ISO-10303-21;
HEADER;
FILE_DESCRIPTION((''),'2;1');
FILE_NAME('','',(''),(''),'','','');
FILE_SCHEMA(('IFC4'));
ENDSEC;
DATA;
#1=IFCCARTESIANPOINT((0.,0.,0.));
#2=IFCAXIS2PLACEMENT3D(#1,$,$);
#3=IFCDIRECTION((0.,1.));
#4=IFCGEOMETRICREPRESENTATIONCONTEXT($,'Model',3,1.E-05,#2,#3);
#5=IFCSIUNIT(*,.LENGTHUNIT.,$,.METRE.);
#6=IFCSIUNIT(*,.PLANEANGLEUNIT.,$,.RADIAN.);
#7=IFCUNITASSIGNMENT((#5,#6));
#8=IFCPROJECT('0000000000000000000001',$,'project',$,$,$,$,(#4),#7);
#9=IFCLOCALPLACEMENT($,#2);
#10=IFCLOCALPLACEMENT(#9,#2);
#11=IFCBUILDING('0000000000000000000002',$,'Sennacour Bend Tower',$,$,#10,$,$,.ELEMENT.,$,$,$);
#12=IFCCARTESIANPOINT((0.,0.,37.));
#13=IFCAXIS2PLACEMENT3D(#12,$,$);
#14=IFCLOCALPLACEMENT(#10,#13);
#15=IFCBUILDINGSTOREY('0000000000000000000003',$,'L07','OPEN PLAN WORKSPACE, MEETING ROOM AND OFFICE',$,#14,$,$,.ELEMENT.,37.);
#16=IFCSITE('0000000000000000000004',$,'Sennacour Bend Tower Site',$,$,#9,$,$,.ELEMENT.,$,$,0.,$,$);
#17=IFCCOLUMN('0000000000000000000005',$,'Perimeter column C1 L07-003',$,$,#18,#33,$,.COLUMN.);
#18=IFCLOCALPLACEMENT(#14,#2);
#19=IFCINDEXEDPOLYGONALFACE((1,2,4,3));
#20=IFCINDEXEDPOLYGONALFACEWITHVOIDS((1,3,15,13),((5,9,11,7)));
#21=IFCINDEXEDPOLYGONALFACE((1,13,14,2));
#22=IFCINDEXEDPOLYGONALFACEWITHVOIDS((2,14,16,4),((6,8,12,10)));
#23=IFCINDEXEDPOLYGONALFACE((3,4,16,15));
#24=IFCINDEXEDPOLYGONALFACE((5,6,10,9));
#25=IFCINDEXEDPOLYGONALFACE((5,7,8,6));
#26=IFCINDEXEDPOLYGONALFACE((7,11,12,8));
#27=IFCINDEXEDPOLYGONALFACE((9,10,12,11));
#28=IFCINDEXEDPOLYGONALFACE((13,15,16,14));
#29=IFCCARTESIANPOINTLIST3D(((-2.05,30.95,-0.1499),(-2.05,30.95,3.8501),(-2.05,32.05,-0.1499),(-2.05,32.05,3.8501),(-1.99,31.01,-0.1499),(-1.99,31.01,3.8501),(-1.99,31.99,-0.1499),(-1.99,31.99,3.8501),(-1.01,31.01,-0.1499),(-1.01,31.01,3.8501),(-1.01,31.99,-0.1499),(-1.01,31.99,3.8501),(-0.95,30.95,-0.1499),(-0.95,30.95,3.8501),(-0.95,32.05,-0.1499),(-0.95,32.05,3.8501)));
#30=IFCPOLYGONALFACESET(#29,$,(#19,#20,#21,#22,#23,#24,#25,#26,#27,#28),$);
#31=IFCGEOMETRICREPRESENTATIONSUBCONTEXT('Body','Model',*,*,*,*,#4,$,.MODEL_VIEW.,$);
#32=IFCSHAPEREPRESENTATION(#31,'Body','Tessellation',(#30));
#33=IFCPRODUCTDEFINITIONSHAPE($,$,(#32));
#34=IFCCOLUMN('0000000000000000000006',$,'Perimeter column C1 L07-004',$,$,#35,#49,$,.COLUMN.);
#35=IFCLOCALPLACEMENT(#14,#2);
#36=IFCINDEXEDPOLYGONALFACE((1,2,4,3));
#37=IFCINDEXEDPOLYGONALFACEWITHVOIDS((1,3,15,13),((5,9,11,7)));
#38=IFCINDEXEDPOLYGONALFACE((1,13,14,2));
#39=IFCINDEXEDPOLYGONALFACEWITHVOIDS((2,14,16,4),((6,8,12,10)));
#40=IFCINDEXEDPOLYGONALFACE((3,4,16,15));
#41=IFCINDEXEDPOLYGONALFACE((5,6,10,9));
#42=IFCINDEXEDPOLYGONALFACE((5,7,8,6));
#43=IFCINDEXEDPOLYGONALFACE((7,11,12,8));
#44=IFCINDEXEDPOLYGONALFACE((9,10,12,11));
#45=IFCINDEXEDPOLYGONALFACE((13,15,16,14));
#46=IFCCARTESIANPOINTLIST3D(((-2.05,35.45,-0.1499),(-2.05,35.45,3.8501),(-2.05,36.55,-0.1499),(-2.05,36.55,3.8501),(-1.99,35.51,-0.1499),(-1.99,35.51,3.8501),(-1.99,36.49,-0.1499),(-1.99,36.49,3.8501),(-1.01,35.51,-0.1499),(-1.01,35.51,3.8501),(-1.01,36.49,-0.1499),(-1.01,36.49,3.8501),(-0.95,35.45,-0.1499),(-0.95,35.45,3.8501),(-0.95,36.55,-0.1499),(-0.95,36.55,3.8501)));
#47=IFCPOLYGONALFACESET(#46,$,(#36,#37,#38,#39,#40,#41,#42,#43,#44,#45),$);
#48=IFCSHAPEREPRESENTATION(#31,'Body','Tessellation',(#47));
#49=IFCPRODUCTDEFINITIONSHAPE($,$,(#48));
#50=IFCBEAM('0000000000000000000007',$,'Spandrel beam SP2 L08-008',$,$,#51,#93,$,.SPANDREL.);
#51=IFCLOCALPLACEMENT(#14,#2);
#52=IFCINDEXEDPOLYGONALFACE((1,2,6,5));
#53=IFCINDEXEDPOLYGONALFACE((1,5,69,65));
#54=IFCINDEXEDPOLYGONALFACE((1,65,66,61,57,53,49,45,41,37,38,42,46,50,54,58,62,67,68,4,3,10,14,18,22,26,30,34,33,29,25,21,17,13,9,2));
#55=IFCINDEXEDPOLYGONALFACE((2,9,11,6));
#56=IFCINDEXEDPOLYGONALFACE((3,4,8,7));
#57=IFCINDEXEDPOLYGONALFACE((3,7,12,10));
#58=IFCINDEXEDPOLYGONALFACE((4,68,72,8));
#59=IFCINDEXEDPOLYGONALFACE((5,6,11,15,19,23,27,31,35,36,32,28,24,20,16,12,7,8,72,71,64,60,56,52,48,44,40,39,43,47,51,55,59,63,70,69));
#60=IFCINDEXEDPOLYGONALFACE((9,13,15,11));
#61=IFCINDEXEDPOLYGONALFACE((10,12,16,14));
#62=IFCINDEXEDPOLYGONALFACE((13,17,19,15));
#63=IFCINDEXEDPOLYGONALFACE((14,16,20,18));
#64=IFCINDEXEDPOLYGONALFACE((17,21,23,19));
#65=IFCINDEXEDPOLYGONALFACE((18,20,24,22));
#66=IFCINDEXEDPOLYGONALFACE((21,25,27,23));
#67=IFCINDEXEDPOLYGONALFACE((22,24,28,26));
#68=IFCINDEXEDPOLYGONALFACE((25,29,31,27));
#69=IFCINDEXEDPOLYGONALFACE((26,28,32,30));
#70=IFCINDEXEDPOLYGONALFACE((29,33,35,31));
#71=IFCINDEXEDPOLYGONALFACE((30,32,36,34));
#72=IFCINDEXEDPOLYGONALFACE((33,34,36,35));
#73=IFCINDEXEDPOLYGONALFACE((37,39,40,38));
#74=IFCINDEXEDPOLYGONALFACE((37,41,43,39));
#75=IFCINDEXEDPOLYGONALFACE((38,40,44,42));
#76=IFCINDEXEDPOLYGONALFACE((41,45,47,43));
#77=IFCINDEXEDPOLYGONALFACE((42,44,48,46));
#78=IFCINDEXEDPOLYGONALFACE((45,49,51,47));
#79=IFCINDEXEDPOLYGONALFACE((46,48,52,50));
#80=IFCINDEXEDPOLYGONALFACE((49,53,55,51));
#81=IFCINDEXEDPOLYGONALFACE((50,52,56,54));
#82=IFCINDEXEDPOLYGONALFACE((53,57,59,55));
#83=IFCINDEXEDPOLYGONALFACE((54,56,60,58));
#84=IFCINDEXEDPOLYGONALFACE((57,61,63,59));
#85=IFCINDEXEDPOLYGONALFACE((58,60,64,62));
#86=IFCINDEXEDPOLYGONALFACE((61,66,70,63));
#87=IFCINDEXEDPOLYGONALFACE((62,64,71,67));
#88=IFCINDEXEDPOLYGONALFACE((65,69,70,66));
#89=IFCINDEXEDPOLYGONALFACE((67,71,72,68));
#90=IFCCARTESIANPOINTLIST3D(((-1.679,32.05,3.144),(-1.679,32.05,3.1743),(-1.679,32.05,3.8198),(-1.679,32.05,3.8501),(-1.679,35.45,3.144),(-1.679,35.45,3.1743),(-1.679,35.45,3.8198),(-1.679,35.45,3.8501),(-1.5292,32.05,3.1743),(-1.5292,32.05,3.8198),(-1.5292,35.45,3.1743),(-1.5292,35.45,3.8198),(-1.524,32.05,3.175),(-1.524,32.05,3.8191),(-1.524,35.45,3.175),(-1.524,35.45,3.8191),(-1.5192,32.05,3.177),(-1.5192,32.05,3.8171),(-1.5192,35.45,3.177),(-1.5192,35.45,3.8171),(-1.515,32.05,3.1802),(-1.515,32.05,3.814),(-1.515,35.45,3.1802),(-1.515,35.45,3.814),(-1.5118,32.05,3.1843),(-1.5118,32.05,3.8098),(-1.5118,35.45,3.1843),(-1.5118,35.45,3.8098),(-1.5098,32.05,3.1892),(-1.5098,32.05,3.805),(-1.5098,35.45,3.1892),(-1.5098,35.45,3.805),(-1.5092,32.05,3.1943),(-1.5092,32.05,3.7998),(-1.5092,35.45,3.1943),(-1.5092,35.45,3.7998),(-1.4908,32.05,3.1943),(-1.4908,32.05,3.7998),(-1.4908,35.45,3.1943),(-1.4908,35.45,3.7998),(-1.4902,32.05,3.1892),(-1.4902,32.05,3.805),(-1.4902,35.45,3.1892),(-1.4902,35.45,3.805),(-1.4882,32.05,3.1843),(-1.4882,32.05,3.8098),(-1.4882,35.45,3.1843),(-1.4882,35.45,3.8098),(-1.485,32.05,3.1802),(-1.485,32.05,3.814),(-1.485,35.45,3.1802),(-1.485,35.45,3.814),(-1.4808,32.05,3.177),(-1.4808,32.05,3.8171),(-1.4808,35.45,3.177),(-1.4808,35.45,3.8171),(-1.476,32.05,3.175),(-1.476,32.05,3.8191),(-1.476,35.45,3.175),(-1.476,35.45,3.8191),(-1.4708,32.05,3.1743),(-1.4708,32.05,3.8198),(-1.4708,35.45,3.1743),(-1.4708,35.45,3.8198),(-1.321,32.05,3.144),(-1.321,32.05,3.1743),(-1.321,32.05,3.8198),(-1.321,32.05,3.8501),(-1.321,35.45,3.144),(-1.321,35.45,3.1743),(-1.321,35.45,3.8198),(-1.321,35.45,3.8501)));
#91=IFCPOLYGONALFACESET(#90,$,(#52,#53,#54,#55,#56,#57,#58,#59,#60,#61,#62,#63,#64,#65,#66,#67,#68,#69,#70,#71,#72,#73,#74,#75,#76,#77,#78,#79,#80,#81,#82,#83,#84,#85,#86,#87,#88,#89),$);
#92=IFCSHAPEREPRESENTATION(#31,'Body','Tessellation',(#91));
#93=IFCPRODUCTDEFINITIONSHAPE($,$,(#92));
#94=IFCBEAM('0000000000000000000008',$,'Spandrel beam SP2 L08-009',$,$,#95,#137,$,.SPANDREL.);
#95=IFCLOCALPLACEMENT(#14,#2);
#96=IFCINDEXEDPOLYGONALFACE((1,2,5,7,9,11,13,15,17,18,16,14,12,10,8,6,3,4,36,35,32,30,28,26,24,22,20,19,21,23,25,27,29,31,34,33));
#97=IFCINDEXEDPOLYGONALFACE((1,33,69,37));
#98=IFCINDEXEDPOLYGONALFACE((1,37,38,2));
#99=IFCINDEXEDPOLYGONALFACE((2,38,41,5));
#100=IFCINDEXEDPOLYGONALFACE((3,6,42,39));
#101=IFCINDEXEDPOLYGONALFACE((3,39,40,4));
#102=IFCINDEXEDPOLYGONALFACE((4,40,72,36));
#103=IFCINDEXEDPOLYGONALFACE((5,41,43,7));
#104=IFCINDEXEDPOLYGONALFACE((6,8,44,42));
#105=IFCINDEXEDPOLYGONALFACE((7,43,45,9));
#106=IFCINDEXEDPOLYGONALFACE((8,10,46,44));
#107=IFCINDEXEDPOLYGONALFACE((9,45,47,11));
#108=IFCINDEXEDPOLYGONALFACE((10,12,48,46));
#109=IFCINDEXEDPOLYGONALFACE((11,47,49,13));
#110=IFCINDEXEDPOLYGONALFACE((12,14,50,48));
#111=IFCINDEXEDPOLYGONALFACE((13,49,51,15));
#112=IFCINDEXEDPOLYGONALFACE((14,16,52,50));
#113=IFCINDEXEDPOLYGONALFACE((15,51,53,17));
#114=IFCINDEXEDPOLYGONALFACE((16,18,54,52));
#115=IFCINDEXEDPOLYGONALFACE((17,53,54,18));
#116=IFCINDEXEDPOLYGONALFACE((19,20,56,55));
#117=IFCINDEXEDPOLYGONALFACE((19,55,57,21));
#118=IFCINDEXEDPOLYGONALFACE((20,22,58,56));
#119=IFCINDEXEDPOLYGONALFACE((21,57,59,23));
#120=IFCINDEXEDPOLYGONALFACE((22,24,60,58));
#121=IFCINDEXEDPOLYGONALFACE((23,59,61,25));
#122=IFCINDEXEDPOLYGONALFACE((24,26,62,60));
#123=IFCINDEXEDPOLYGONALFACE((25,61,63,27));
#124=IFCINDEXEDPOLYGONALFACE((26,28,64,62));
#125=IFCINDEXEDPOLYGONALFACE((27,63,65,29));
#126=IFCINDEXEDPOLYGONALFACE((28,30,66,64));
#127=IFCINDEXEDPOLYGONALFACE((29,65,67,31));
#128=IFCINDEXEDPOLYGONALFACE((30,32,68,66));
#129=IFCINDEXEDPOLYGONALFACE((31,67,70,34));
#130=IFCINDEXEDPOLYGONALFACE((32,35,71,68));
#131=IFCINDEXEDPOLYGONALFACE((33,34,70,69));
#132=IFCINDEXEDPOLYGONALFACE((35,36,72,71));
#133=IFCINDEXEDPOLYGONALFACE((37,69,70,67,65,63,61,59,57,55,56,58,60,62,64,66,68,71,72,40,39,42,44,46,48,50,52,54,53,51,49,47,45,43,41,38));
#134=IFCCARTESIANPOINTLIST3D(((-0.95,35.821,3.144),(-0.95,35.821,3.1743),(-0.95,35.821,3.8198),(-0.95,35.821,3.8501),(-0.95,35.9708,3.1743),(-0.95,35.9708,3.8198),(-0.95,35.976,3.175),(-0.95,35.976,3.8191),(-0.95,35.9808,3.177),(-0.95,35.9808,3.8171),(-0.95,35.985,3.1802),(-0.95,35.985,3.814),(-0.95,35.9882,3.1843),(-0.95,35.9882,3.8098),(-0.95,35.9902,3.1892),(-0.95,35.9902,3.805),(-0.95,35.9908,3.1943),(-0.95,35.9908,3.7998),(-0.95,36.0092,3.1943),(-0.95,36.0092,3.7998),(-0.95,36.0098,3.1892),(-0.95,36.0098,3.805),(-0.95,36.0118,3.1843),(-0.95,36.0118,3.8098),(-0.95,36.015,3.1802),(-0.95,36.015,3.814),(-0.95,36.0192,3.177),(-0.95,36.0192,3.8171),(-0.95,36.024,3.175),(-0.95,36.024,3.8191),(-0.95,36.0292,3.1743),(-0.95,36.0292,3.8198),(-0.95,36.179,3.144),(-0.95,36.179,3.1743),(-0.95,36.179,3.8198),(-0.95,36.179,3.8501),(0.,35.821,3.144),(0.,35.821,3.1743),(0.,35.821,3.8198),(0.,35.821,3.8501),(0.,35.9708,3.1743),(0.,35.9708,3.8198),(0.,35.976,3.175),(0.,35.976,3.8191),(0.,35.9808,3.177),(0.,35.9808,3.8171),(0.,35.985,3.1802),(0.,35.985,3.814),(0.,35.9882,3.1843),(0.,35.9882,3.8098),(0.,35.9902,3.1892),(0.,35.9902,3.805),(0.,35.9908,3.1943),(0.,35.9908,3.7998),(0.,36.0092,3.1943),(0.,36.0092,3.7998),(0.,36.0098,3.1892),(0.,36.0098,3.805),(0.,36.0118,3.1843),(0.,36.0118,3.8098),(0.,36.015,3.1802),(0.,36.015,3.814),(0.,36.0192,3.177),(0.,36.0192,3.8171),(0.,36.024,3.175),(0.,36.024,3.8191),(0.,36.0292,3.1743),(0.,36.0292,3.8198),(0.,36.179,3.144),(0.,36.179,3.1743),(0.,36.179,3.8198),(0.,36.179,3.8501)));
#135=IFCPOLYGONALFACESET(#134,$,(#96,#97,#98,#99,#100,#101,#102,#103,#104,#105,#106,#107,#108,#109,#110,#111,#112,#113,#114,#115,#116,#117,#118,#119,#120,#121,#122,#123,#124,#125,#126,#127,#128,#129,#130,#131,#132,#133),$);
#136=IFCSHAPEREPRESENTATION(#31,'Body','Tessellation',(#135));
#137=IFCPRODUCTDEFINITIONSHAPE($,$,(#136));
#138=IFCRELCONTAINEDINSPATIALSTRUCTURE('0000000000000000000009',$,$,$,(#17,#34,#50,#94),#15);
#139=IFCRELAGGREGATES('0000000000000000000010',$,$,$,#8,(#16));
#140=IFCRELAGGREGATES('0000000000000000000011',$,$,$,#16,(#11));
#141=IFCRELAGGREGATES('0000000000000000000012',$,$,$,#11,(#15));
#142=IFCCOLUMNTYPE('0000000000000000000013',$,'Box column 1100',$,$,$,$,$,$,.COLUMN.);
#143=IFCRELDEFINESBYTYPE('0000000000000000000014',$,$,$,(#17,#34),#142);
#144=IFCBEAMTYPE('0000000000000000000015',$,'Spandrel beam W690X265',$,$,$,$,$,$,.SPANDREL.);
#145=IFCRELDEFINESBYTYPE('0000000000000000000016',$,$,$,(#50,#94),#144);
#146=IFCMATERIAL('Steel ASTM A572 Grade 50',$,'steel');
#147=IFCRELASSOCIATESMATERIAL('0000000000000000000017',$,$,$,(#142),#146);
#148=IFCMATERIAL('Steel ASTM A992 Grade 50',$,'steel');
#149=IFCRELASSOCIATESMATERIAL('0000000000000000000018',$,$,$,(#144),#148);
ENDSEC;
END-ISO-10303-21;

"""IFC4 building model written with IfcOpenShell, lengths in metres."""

from ifc_helpers import new_model, si_unit, direction, frame, origin, origin_2d, place, context, subcontext, project, spatial, hollow_rectangle, i_section, extrude, material, material_profile, profile_set, type_object, element, save


model = new_model("IFC4")

# Units and contexts
model_context = context("Model", 3, precision=1e-05, world=origin(), true_north=direction((0.0, 1.0)))
body_context = subcontext(model_context, "Body", "Model", "MODEL_VIEW")
ifc_project = project(units=[si_unit("LENGTHUNIT", "METRE"), si_unit("PLANEANGLEUNIT", "RADIAN")], contexts=[model_context])

# Site, building, storey
site_placement = place(None, origin())
site = spatial("IfcSite", under=ifc_project, at=site_placement, Name="Sennacour Bend Tower Site", CompositionType="ELEMENT", RefElevation=0.0)
building_placement = place(site_placement, origin())
building = spatial("IfcBuilding", under=site, at=building_placement, Name="Sennacour Bend Tower", CompositionType="ELEMENT")
storey_placement = place(building_placement, frame((0.0, 0.0, 37.0)))
storey = spatial("IfcBuildingStorey", under=building, at=storey_placement, Name="L07", Description="OPEN PLAN WORKSPACE, MEETING ROOM AND OFFICE", CompositionType="ELEMENT", Elevation=37.0)

# Columns
ifc_material_1 = material(Name="Steel ASTM A572 Grade 50", Category="steel")
ifc_material_profile_1 = material_profile(ifc_material_1, hollow_rectangle(XDim=1.1001, YDim=1.1001, WallThickness=0.0601, at=origin_2d()), Name="Steel ASTM A572 Grade 50", Category="steel")
ifc_profile_set_1 = profile_set([ifc_material_profile_1], Name="Steel ASTM A572 Grade 50")
column_type = type_object("IfcColumnType", Name="Box column 1100", PredefinedType="COLUMN", material=ifc_profile_set_1)
for number, where, z_axis, x_axis, name in (
    (1, (-1.5, 31.5, -0.1499), (0.0, 0.0, 1.0), (1.0, 0.0, 0.0), "Perimeter column C1 L07-003"),
    (2, (-1.5, 36.0, -0.1499), (0.0, 0.0, 1.0), (1.0, 0.0, 0.0), "Perimeter column C1 L07-004"),
):
    element("IfcColumn", number, at=place(storey_placement, frame(where, z_axis=z_axis, x_axis=x_axis)), inside=storey, type_object=column_type, Name=name, PredefinedType="COLUMN", context=body_context, shape_type="SweptSolid", body=[
        extrude(hollow_rectangle(XDim=1.1001, YDim=1.1001, WallThickness=0.0601, at=origin_2d()), origin(), (0.0, 0.0, 1.0), 4.0),
    ])

# Beams
ifc_material_2 = material(Name="Steel ASTM A992 Grade 50", Category="steel")
ifc_material_profile_2 = material_profile(ifc_material_2, i_section(OverallWidth=0.3579, OverallDepth=0.7061, WebThickness=0.0183, FlangeThickness=0.0303, FilletRadius=0.02, at=origin_2d()), Name="Steel ASTM A992 Grade 50", Category="steel")
ifc_profile_set_2 = profile_set([ifc_material_profile_2], Name="Steel ASTM A992 Grade 50")
beam_type = type_object("IfcBeamType", Name="Spandrel beam W690X265", PredefinedType="SPANDREL", material=ifc_profile_set_2)
beam_1_placement = place(storey_placement, frame((-1.5, 32.05, 3.4971), z_axis=(0.0, 1.0, 0.0), x_axis=(-1.0, 0.0, 0.0)))
element("IfcBeam", 3, at=beam_1_placement, inside=storey, type_object=beam_type, Name="Spandrel beam SP2 L08-008", PredefinedType="SPANDREL", context=body_context, shape_type="SweptSolid", body=[
    extrude(i_section(OverallWidth=0.3579, OverallDepth=0.7061, WebThickness=0.0183, FlangeThickness=0.0303, FilletRadius=0.02, at=origin_2d()), origin(), (0.0, 0.0, 1.0), 3.3999),
])
beam_2_placement = place(storey_placement, frame((-0.95, 36.0, 3.4971), z_axis=(1.0, 0.0, 0.0), x_axis=(0.0, 1.0, 0.0)))
element("IfcBeam", 4, at=beam_2_placement, inside=storey, type_object=beam_type, Name="Spandrel beam SP2 L08-009", PredefinedType="SPANDREL", context=body_context, shape_type="SweptSolid", body=[
    extrude(i_section(OverallWidth=0.3579, OverallDepth=0.7061, WebThickness=0.0183, FlangeThickness=0.0303, FilletRadius=0.02, at=origin_2d()), origin(), (0.0, 0.0, 1.0), 0.95),
])

save(model, "model.ifc")
